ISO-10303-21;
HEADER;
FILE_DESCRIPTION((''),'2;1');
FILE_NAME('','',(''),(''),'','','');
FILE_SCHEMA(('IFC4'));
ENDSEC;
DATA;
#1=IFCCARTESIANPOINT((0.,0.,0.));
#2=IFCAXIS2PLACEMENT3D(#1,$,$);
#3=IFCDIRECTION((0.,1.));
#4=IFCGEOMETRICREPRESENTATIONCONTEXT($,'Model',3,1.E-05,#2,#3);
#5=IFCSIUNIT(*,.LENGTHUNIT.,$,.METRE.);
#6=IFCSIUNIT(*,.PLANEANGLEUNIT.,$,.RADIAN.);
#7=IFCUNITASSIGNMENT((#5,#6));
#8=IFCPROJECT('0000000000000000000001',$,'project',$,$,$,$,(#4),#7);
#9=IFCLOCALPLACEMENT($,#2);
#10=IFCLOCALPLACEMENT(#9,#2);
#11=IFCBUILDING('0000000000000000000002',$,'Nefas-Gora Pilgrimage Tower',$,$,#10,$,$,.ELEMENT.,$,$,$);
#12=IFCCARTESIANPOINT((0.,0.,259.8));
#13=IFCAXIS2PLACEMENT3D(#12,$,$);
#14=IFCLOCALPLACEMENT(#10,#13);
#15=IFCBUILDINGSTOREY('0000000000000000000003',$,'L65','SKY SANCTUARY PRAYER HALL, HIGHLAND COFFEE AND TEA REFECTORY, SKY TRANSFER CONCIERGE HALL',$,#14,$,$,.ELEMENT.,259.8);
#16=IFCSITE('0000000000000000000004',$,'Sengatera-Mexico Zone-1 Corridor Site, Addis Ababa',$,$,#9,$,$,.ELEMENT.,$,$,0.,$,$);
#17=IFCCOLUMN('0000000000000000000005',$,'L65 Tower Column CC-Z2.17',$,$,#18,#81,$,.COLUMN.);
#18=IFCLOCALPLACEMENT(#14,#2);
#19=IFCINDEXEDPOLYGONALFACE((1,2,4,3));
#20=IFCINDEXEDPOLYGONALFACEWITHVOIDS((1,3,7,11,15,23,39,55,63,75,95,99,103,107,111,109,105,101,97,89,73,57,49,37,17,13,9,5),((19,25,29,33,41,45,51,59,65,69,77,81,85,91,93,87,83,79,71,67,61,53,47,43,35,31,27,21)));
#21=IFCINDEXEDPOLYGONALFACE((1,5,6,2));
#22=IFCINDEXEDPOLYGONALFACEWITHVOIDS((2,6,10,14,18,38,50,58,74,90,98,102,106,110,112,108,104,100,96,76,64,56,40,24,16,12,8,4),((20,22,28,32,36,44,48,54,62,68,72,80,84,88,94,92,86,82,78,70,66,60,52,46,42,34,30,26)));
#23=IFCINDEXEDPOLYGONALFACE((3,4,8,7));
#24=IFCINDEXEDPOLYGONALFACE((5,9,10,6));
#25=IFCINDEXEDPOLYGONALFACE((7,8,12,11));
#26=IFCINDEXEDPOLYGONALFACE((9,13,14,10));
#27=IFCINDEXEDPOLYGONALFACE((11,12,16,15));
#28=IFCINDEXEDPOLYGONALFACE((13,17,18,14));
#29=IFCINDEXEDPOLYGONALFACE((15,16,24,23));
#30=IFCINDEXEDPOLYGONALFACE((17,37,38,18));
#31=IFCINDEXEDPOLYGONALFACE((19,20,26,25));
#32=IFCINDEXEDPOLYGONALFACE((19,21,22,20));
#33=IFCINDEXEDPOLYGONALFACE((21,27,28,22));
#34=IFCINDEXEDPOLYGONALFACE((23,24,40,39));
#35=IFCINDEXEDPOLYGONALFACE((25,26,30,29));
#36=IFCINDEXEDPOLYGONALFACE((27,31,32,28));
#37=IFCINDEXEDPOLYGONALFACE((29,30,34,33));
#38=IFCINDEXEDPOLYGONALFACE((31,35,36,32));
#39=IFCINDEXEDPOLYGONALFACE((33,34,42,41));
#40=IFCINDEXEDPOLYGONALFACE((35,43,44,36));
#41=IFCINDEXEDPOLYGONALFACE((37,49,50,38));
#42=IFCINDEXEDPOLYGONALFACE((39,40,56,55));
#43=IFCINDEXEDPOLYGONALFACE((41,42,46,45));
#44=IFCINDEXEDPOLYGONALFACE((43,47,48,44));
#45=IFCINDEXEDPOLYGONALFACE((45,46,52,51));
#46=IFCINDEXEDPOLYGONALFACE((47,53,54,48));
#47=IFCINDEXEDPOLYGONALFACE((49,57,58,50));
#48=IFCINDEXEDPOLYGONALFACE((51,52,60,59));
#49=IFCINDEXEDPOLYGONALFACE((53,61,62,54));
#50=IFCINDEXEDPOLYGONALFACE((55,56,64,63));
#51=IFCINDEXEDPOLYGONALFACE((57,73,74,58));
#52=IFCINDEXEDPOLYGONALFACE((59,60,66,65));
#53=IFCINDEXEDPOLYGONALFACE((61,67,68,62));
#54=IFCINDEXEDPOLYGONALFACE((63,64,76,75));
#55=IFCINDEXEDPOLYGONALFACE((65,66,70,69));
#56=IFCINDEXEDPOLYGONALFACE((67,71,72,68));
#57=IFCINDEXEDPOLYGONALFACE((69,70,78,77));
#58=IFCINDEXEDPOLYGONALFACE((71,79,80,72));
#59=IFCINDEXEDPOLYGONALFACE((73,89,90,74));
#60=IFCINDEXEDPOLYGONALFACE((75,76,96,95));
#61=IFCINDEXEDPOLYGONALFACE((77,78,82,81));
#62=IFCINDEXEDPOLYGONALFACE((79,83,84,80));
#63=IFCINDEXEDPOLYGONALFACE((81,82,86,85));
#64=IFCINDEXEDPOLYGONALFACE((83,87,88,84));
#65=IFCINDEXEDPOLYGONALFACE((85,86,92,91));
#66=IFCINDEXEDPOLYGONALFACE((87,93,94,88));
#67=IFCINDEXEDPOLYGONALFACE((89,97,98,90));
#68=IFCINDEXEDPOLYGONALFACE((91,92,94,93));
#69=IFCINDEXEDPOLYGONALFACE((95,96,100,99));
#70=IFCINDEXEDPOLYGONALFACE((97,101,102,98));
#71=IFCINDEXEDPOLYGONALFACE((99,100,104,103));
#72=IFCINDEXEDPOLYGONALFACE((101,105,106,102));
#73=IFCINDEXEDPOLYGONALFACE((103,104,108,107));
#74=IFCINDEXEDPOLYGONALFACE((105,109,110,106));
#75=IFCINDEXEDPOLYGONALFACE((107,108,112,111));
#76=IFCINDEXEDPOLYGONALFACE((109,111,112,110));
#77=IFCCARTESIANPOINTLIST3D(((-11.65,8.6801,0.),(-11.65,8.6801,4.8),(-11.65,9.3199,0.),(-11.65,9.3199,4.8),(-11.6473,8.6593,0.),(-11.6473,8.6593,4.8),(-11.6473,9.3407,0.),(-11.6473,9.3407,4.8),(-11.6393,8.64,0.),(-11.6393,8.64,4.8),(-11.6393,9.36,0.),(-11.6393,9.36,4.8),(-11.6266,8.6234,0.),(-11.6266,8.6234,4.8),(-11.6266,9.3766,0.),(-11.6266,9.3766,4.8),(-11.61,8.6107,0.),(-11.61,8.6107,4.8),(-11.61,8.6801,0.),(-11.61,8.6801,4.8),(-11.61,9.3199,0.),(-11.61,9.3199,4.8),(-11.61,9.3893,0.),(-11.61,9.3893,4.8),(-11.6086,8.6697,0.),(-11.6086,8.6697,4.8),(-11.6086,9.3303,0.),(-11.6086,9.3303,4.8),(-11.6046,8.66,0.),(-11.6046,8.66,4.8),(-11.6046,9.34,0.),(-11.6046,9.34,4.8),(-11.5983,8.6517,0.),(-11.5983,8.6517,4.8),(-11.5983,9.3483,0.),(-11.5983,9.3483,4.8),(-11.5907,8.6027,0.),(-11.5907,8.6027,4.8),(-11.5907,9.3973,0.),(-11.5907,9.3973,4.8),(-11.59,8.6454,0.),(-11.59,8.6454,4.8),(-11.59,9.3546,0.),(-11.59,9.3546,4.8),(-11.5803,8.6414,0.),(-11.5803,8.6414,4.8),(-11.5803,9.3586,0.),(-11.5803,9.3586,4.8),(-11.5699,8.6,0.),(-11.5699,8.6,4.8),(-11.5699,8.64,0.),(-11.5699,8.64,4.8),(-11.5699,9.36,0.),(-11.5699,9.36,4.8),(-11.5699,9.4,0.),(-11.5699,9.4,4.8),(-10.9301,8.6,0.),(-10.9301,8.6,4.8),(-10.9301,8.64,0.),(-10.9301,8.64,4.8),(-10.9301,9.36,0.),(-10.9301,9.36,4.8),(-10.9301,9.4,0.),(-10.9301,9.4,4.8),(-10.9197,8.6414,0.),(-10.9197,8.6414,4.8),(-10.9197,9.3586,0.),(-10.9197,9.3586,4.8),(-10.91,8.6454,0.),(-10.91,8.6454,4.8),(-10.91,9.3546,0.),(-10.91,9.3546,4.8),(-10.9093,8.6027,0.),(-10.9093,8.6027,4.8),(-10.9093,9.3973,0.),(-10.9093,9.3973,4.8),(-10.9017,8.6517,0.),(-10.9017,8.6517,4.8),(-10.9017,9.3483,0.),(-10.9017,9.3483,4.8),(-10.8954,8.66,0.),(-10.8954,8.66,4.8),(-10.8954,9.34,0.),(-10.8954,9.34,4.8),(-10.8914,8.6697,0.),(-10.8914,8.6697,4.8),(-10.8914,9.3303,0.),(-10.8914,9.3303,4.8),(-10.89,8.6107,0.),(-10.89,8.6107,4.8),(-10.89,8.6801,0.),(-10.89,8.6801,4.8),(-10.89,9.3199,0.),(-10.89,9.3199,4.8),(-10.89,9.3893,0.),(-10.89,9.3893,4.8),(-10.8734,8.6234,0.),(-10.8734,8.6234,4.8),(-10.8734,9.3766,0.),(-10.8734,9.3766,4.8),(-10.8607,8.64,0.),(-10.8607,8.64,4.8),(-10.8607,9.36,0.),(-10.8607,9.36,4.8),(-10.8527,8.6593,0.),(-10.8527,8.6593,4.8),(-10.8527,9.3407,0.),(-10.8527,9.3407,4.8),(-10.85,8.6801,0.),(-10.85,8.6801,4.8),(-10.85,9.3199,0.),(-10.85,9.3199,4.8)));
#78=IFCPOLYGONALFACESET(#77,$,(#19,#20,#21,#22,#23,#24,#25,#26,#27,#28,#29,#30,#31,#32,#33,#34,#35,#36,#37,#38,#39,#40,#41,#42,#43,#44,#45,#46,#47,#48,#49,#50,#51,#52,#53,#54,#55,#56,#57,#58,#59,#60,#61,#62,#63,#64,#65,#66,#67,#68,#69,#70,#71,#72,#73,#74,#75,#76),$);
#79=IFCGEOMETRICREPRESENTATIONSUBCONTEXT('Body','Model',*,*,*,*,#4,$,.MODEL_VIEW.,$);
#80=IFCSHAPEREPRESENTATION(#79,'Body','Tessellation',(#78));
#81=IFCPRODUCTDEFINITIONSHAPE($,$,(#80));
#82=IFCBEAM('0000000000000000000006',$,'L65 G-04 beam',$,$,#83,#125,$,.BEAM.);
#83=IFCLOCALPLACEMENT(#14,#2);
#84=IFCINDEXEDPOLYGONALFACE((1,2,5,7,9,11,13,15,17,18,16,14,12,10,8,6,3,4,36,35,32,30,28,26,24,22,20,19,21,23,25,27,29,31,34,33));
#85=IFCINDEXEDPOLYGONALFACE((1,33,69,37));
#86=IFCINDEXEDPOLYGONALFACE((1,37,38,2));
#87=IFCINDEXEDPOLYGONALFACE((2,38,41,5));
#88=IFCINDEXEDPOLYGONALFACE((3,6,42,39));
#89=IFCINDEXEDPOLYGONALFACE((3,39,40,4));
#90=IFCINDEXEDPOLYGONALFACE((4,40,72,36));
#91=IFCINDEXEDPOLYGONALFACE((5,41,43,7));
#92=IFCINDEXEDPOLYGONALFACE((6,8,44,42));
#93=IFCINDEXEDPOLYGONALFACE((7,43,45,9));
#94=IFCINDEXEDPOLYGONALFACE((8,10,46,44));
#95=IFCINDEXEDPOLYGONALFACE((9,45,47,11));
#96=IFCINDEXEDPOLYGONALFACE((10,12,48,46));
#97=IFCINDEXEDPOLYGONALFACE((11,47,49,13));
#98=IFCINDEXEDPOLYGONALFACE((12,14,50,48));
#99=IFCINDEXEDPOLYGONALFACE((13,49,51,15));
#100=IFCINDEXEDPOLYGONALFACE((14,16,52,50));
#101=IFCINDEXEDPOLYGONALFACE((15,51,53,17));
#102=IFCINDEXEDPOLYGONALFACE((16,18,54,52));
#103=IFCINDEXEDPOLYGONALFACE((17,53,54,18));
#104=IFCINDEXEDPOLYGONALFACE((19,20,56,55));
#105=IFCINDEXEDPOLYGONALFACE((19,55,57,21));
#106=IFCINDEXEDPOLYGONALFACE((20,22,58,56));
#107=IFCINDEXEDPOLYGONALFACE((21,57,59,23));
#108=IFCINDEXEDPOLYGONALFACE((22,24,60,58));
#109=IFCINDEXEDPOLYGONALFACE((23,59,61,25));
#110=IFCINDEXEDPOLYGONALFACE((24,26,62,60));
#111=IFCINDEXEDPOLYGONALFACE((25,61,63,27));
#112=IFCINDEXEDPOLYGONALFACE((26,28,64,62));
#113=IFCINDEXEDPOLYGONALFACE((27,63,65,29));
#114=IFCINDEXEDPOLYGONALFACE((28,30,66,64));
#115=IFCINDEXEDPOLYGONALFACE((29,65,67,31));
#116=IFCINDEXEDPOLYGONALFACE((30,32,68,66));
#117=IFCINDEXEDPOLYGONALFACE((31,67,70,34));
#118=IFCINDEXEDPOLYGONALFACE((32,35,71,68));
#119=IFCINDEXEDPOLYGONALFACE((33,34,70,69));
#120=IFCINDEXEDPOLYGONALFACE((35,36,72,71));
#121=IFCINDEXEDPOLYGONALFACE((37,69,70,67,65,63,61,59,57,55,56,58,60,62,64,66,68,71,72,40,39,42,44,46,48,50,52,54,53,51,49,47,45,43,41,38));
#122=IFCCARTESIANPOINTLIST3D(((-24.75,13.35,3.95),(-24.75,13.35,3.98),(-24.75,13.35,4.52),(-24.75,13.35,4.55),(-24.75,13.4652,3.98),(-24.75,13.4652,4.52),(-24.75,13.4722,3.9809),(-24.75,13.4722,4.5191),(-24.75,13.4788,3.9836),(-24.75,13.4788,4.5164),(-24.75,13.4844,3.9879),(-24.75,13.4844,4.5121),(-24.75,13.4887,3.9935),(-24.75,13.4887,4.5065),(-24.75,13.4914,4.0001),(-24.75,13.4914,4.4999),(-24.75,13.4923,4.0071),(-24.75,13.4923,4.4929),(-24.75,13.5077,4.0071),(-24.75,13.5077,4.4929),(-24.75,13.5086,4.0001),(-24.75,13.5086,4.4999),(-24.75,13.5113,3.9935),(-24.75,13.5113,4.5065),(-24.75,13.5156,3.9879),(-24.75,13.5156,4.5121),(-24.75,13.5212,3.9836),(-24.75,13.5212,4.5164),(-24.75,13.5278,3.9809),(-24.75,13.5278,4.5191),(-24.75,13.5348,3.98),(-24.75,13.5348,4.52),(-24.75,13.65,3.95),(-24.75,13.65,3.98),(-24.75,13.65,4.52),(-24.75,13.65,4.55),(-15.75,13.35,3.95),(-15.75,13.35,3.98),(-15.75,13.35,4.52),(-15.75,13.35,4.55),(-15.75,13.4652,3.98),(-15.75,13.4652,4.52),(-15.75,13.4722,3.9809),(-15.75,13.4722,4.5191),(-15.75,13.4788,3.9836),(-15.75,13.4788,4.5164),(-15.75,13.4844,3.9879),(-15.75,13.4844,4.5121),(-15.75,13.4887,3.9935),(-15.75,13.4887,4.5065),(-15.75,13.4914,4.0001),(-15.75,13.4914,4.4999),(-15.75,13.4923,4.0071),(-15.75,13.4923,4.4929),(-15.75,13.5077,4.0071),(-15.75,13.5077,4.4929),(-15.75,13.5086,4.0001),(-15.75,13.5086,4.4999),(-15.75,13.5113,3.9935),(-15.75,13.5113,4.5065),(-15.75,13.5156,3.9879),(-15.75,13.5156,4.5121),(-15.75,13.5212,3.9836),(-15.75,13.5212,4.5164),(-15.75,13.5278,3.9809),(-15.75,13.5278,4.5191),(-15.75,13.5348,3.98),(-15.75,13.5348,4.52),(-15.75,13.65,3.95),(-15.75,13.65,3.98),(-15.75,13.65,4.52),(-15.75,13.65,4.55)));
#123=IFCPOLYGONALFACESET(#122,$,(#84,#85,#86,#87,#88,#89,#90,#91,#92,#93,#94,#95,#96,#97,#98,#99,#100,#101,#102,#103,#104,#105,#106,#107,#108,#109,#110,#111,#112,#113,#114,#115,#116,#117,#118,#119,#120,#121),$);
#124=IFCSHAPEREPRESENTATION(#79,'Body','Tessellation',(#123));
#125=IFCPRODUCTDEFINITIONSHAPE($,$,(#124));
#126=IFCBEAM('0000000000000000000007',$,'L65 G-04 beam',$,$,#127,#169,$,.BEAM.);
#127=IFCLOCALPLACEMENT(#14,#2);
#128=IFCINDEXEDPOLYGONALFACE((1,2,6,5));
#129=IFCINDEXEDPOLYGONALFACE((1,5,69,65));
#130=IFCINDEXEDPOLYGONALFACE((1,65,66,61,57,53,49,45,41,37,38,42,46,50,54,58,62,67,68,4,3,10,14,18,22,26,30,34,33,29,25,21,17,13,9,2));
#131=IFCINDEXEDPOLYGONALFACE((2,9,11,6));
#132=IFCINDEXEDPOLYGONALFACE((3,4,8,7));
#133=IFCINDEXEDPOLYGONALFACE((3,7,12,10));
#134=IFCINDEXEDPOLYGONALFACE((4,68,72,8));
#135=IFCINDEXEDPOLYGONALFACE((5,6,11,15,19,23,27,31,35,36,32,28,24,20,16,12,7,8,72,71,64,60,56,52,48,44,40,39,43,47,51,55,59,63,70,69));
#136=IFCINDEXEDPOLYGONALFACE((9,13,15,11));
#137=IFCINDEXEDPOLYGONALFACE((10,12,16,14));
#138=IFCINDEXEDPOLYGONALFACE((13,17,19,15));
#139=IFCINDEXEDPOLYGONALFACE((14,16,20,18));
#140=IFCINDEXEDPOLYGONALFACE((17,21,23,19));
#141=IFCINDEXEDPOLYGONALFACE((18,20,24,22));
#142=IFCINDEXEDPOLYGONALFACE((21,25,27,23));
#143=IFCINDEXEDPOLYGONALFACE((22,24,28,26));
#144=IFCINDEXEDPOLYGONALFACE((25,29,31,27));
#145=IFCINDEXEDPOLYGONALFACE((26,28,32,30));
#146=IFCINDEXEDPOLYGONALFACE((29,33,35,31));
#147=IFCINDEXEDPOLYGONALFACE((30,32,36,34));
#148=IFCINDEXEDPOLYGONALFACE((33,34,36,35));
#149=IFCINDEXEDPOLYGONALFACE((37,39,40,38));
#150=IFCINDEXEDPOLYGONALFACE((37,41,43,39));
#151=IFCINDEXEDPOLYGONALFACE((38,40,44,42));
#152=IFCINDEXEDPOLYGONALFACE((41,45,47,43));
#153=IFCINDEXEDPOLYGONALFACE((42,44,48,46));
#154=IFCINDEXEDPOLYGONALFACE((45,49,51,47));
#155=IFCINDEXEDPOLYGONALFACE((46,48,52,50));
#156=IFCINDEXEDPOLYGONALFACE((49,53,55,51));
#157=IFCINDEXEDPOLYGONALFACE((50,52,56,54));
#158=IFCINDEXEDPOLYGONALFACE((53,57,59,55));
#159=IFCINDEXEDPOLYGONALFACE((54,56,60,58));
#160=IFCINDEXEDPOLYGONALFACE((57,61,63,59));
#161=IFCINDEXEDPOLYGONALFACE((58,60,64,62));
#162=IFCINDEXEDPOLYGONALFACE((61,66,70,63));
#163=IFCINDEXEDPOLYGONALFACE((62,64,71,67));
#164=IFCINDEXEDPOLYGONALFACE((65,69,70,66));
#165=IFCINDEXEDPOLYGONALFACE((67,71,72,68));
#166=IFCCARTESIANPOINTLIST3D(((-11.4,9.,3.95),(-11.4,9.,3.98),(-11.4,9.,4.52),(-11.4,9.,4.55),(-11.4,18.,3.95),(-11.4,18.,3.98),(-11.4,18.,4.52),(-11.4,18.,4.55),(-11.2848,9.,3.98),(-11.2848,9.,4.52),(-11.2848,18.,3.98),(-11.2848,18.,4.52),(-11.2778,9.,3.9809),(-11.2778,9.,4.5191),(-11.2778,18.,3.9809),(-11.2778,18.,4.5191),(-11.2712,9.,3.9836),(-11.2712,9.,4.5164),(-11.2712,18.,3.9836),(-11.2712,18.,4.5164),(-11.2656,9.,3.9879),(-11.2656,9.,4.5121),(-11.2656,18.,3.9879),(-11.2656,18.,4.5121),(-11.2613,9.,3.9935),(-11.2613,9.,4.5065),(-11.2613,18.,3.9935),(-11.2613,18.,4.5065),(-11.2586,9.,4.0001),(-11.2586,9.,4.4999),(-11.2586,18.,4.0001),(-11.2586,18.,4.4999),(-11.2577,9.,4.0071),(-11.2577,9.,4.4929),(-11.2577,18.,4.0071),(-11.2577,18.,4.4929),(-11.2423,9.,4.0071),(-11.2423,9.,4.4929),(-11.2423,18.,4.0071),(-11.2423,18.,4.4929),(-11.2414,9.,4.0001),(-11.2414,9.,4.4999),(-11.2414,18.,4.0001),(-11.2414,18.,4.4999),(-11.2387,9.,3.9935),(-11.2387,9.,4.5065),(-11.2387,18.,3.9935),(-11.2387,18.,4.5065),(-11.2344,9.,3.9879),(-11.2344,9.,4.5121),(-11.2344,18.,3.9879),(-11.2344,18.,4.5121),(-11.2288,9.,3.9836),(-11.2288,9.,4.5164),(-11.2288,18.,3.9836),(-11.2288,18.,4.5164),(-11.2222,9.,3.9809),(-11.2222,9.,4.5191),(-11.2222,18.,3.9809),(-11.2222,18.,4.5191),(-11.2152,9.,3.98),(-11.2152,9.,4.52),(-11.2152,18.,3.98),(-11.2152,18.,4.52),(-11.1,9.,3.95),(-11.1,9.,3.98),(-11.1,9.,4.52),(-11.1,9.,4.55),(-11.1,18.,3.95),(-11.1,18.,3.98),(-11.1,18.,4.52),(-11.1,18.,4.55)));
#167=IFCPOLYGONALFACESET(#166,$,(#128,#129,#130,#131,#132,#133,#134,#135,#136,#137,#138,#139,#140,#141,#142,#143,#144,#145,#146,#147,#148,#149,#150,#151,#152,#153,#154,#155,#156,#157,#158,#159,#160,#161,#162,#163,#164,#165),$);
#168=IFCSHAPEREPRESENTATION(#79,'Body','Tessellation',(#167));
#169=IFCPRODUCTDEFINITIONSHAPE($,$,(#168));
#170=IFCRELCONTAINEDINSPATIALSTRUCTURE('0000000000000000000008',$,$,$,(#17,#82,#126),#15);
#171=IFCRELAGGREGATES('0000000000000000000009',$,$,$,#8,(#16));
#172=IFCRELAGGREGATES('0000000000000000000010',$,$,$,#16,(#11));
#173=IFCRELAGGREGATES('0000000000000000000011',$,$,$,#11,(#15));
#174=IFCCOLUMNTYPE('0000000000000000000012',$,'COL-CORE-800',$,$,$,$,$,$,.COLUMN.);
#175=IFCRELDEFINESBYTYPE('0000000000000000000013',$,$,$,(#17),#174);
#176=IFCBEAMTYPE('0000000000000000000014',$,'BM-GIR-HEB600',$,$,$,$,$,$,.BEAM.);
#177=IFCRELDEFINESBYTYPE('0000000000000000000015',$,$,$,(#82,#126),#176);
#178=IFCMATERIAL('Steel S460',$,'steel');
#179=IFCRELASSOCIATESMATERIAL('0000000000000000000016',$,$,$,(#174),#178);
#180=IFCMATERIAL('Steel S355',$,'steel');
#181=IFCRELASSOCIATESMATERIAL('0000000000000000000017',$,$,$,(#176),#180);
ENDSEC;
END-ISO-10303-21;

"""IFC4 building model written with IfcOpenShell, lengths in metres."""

from ifc_helpers import new_model, si_unit, direction, frame, origin, origin_2d, place, context, subcontext, project, spatial, hollow_rectangle, i_section, extrude, source, transform, mapped, material, material_profile, profile_set, type_object, element, save


model = new_model("IFC4")

# Units and contexts
model_context = context("Model", 3, precision=1e-05, world=origin(), true_north=direction((0.0, 1.0)))
body_context = subcontext(model_context, "Body", "Model", "MODEL_VIEW")
ifc_project = project(units=[si_unit("LENGTHUNIT", "METRE"), si_unit("PLANEANGLEUNIT", "RADIAN")], contexts=[model_context])

# Site, building, storey
site_placement = place(None, origin())
site = spatial("IfcSite", under=ifc_project, at=site_placement, Name="Sengatera-Mexico Zone-1 Corridor Site, Addis Ababa", CompositionType="ELEMENT", RefElevation=0.0)
building_placement = place(site_placement, origin())
building = spatial("IfcBuilding", under=site, at=building_placement, Name="Nefas-Gora Pilgrimage Tower", CompositionType="ELEMENT")
storey_placement = place(building_placement, frame((0.0, 0.0, 259.8)))
storey = spatial("IfcBuildingStorey", under=building, at=storey_placement, Name="L65", Description="SKY SANCTUARY PRAYER HALL, HIGHLAND COFFEE AND TEA REFECTORY, SKY TRANSFER CONCIERGE HALL", CompositionType="ELEMENT", Elevation=259.8)

# Column
ifc_material_1 = material(Name="Steel S460", Category="steel")
ifc_material_profile_1 = material_profile(ifc_material_1, hollow_rectangle(XDim=0.8, YDim=0.8, WallThickness=0.04, InnerFilletRadius=0.04, OuterFilletRadius=0.0801, at=origin_2d()), Name="BOX 800x800x40")
ifc_profile_set_1 = profile_set([ifc_material_profile_1], Name="Steel S460")
column_type_1 = type_object("IfcColumnType", Name="COL-CORE-800", PredefinedType="COLUMN", material=ifc_profile_set_1)
shared_shape_1 = source(origin(), body_context, "Body", "SweptSolid", [
    extrude(hollow_rectangle(XDim=0.8, YDim=0.8, WallThickness=0.04, InnerFilletRadius=0.04, OuterFilletRadius=0.0801, at=origin_2d()), origin(), (0.0, 0.0, 1.0), 4.8),
])
column_1_placement = place(storey_placement, frame((-11.25, 9.0, 0.0), z_axis=(0.0, 0.0, 1.0), x_axis=(1.0, 0.0, 0.0)))
element("IfcColumn", 1, at=column_1_placement, inside=storey, type_object=column_type_1, Name="L65 Tower Column CC-Z2.17", PredefinedType="COLUMN", context=body_context, shape_type="MappedRepresentation", body=[
    mapped(shared_shape_1, transform((0.0, 0.0, 0.0), x_axis=(1.0, 0.0, 0.0), y_axis=(0.0, 1.0, 0.0), z_axis=(0.0, 0.0, 1.0), scale=1.0)),
])

# Beams
ifc_material_2 = material(Name="Steel S355", Category="steel")
ifc_material_profile_2 = material_profile(ifc_material_2, i_section(OverallWidth=0.3, OverallDepth=0.6001, WebThickness=0.0154, FlangeThickness=0.03, FilletRadius=0.0271, at=origin_2d()), Name="HEB 600")
ifc_profile_set_2 = profile_set([ifc_material_profile_2], Name="Steel S355")
beam_type = type_object("IfcBeamType", Name="BM-GIR-HEB600", PredefinedType="BEAM", material=ifc_profile_set_2)
shared_shape_2 = source(origin(), body_context, "Body", "SweptSolid", [
    extrude(i_section(OverallWidth=0.3, OverallDepth=0.6001, WebThickness=0.0154, FlangeThickness=0.03, FilletRadius=0.0271, at=origin_2d()), origin(), (0.0, 0.0, 1.0), 9.0),
])
for number, where, z_axis, x_axis, name in (
    (2, (-24.75, 13.5, 4.25), (1.0, 0.0, 0.0), (0.0, 1.0, 0.0), "L65 G-04 beam"),
    (3, (-11.25, 9.0, 4.25), (0.0, 1.0, 0.0), (-1.0, 0.0, 0.0), "L65 G-04 beam"),
):
    element("IfcBeam", number, at=place(storey_placement, frame(where, z_axis=z_axis, x_axis=x_axis)), inside=storey, type_object=beam_type, Name=name, PredefinedType="BEAM", context=body_context, shape_type="MappedRepresentation", body=[
        mapped(shared_shape_2, transform((0.0, 0.0, 0.0), x_axis=(1.0, 0.0, 0.0), y_axis=(0.0, 1.0, 0.0), z_axis=(0.0, 0.0, 1.0), scale=1.0)),
    ])

save(model, "model.ifc")
